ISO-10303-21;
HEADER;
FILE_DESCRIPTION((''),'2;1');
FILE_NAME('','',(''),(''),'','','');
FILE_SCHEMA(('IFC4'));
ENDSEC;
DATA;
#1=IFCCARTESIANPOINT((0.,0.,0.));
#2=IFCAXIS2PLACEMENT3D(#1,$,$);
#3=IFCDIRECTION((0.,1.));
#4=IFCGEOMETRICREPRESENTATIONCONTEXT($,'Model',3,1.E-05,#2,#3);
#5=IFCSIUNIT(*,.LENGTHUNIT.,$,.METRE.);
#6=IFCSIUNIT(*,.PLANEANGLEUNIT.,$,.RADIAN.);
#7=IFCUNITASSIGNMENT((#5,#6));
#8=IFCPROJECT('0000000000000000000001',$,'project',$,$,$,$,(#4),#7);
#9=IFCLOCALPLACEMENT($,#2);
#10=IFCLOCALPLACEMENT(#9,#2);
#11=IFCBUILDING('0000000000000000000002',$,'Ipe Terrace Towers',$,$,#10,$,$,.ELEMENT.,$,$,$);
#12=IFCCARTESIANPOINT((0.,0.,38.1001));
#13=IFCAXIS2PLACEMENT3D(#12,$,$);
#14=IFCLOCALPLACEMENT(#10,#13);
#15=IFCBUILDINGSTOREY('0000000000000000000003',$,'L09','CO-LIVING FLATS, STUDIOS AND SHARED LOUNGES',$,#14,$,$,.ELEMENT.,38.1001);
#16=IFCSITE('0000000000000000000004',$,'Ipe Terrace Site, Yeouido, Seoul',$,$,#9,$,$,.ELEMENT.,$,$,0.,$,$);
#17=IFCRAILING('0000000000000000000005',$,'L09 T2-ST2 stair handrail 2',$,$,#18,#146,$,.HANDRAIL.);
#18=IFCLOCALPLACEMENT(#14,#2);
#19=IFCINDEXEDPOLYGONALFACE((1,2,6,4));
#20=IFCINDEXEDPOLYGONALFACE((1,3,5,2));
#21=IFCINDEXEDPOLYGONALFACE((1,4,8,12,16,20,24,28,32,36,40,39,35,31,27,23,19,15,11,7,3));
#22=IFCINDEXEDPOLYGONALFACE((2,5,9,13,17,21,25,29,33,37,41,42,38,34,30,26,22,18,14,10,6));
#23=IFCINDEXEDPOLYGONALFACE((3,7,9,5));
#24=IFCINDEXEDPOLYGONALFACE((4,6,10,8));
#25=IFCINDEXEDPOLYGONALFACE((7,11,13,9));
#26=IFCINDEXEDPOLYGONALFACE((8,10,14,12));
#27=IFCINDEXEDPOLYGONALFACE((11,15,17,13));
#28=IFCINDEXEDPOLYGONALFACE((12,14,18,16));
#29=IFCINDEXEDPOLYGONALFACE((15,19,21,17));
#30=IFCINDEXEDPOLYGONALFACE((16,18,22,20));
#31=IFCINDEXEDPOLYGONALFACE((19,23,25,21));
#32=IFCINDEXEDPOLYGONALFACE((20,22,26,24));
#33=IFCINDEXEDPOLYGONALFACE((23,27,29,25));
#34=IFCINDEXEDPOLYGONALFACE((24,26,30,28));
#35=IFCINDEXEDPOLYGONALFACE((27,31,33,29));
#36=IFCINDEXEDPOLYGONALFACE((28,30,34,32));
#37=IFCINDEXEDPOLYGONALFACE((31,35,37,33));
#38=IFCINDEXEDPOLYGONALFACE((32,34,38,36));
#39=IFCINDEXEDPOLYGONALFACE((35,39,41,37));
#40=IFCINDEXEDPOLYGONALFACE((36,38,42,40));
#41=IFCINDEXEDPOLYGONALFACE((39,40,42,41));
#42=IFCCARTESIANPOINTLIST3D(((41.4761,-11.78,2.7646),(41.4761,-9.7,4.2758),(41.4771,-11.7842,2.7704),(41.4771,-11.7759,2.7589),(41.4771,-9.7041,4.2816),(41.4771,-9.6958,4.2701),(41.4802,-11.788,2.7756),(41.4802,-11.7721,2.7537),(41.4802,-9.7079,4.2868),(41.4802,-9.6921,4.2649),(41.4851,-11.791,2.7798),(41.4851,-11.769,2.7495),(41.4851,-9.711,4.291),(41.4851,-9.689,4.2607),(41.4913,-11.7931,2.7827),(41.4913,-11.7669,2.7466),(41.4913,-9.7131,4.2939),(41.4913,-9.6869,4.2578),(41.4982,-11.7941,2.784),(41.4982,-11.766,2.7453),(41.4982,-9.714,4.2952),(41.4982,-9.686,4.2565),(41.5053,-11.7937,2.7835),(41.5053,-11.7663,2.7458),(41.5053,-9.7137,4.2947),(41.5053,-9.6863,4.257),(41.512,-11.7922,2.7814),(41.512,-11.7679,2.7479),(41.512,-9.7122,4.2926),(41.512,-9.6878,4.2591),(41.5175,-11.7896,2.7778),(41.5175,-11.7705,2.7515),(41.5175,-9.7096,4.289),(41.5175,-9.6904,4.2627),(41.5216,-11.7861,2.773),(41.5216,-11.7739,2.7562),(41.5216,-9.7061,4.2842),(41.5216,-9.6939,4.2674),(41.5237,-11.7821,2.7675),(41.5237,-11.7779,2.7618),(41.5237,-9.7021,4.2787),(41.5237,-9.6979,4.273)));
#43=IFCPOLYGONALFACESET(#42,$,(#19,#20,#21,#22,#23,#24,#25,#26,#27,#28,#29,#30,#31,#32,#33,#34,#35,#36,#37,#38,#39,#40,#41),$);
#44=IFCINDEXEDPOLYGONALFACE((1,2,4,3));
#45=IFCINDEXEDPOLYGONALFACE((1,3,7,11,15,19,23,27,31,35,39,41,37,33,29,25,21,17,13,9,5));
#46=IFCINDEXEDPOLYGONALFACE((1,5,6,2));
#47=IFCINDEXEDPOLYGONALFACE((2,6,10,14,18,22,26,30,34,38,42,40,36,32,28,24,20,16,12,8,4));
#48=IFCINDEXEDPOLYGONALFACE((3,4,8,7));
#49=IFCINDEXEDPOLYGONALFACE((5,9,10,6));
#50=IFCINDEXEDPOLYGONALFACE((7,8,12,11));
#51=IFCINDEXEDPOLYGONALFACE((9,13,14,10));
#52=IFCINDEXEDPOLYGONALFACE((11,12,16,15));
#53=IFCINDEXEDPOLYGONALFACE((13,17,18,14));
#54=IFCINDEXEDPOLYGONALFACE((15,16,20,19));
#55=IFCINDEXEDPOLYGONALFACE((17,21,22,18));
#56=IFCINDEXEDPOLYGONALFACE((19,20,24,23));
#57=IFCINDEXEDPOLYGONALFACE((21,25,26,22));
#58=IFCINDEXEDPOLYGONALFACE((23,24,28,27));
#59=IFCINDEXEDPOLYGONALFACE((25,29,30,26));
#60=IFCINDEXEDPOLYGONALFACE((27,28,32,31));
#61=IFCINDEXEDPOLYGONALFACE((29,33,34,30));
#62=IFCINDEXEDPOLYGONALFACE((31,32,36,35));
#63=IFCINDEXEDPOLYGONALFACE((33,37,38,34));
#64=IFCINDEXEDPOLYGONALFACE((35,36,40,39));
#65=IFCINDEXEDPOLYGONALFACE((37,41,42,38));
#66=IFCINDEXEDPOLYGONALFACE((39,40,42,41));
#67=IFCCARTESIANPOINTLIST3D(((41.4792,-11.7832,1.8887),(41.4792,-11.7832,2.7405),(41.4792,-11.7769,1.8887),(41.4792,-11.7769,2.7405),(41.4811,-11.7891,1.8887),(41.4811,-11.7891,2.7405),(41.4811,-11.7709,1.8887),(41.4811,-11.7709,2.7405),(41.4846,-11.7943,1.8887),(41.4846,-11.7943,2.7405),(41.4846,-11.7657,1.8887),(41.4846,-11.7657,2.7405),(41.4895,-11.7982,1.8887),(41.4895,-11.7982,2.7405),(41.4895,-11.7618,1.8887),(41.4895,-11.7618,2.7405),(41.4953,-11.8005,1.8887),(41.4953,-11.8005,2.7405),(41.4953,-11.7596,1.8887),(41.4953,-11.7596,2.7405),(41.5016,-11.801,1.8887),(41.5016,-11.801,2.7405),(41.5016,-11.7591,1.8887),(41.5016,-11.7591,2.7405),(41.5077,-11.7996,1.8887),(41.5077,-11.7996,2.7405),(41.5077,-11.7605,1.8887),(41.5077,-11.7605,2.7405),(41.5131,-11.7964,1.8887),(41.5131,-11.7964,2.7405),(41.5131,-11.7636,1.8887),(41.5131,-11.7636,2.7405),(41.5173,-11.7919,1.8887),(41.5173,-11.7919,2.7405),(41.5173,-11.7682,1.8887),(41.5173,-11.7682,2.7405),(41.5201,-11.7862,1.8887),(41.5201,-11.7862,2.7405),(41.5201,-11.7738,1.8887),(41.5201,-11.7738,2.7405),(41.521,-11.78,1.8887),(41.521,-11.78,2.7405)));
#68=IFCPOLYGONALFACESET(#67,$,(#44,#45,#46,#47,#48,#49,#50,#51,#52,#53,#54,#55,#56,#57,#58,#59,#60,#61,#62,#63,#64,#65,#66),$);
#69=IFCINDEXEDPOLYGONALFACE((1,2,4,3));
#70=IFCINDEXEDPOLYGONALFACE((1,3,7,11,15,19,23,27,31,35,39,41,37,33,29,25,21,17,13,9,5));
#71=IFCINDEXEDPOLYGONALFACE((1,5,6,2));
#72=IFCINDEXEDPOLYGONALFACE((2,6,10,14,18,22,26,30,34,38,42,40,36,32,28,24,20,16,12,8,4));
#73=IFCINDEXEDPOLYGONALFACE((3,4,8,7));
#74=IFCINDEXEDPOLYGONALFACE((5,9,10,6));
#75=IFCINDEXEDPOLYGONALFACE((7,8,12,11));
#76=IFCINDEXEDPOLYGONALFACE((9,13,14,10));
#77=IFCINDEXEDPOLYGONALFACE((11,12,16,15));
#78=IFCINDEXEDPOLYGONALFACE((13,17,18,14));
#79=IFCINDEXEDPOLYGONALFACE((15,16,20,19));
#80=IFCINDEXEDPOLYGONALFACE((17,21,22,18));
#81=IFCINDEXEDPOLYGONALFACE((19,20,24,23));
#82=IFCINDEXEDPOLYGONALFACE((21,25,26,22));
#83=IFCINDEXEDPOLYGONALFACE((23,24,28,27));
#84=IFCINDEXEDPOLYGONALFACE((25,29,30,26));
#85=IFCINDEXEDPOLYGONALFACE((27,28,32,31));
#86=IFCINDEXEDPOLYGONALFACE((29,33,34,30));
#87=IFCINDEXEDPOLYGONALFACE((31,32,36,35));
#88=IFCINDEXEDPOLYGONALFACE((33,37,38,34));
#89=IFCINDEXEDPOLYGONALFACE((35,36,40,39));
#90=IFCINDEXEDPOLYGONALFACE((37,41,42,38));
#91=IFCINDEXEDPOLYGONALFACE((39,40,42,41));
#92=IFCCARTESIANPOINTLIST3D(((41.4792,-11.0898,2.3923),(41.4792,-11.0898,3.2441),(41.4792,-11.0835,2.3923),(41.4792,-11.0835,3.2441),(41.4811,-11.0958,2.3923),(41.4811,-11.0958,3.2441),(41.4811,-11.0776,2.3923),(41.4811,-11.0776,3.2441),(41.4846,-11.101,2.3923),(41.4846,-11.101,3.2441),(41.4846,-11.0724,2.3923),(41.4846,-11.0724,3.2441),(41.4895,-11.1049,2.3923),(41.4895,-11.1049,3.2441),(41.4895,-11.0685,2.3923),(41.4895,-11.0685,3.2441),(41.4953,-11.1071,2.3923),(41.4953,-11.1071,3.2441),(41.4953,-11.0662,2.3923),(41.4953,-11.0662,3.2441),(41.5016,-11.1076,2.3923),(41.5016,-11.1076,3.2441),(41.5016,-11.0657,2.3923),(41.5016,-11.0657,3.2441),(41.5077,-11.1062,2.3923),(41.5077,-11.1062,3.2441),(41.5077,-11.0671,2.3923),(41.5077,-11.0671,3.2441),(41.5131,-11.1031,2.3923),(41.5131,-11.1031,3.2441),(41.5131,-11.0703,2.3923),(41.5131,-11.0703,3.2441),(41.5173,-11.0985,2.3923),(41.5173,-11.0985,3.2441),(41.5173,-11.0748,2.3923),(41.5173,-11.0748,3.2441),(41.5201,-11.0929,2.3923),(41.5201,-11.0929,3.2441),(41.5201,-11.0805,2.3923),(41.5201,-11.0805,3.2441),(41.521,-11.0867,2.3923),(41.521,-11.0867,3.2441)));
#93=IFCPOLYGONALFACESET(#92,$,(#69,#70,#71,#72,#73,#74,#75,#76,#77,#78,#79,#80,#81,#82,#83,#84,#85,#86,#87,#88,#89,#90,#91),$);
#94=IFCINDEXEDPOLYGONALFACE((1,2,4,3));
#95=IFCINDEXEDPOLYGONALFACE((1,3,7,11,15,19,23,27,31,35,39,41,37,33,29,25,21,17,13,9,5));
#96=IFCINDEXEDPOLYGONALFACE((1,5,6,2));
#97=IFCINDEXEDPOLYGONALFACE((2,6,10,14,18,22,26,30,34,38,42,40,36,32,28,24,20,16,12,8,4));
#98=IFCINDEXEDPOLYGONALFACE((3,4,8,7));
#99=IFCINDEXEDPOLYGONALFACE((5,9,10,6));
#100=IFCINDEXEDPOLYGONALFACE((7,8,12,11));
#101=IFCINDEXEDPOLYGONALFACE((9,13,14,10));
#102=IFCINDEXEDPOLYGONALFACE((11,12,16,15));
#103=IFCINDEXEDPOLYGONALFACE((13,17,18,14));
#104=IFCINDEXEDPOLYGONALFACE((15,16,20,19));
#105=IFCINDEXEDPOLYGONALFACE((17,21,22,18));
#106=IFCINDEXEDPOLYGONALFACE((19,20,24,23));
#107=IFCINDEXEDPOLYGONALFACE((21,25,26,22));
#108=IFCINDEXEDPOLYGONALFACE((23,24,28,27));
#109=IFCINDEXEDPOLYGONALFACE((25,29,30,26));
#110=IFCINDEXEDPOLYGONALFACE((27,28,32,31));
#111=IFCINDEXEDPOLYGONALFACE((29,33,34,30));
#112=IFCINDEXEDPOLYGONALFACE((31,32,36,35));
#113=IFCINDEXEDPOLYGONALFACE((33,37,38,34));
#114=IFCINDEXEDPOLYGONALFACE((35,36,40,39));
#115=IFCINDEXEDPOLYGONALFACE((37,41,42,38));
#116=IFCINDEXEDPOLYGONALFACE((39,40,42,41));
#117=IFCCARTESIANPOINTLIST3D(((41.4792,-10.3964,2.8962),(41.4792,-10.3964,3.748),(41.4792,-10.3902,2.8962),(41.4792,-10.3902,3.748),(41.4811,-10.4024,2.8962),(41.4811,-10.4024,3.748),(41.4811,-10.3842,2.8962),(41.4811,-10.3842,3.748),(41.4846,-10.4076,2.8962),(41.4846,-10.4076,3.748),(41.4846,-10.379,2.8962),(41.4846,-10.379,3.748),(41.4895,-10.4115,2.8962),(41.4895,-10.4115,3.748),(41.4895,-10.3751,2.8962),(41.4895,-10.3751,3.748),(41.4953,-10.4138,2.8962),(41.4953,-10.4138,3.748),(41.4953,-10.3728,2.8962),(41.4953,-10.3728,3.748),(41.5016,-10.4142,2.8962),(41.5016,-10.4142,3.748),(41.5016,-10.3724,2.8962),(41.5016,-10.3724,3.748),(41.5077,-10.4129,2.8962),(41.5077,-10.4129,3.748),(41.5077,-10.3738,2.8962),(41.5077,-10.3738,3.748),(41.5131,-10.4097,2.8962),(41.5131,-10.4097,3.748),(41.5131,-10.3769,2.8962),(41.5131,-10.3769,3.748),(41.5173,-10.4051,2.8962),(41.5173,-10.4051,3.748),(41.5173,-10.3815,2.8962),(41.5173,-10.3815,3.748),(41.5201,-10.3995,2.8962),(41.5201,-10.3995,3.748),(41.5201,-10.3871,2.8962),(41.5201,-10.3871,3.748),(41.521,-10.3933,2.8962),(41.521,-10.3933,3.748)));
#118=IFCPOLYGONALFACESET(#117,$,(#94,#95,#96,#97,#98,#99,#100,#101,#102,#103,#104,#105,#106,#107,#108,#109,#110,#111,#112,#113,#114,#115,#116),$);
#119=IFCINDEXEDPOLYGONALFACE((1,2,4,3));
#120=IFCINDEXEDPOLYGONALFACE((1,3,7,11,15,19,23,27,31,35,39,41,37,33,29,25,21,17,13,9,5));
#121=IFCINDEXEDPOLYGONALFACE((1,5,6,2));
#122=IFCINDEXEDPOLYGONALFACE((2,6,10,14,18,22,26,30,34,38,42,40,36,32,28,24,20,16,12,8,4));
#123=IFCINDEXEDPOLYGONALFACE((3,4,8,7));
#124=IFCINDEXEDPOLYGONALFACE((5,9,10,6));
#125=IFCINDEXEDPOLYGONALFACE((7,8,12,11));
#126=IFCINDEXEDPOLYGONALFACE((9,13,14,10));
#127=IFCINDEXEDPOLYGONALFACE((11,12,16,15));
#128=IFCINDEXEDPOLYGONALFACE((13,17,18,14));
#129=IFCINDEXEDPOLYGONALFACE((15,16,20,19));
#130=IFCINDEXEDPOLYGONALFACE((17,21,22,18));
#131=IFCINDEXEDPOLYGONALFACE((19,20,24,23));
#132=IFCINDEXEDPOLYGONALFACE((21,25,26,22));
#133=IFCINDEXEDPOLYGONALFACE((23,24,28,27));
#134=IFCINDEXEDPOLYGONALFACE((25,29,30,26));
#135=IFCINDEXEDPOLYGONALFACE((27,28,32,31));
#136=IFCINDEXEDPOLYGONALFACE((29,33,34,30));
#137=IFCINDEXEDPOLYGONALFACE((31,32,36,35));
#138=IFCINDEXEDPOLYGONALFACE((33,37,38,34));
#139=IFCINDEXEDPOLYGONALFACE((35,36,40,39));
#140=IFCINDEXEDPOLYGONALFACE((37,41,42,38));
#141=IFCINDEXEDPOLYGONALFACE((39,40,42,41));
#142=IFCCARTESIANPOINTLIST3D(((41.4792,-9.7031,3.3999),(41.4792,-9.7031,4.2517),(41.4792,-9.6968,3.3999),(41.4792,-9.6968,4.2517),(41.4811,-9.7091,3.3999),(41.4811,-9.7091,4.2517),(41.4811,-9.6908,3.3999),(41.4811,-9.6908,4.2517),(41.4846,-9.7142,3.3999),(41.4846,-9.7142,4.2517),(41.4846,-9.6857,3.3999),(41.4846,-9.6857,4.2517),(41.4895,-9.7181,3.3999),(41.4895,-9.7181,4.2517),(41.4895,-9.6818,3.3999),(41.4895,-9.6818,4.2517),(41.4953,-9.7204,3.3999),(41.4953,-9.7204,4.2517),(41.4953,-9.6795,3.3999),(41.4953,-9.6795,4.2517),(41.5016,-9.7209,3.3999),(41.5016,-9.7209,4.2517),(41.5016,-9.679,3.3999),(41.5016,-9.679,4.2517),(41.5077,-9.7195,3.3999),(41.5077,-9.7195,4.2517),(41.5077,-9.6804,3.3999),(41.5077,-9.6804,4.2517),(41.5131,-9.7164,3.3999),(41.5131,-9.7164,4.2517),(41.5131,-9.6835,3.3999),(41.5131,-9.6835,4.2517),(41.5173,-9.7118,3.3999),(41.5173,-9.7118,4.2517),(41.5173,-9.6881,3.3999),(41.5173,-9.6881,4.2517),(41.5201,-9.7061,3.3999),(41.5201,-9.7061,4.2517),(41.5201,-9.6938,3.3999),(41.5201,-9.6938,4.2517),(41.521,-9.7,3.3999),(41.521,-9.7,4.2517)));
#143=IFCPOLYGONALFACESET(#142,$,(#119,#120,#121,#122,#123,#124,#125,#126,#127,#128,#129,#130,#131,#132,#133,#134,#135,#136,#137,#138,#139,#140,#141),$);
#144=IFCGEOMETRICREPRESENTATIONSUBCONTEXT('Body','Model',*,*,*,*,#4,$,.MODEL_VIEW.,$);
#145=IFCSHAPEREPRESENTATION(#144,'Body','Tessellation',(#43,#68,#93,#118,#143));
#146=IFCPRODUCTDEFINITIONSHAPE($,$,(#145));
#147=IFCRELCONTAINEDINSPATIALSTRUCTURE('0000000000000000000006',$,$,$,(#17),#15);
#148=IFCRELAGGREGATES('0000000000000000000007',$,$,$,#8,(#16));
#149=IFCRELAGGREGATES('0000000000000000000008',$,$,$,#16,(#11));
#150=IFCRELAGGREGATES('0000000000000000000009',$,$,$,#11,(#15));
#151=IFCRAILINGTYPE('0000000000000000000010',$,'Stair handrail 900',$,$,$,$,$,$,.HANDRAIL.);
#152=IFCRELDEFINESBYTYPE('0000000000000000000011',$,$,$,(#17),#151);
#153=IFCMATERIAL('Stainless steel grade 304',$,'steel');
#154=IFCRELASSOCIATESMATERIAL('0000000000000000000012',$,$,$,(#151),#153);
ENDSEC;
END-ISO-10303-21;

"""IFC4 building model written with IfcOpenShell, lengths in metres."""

from ifc_helpers import new_model, si_unit, direction, frame, origin, origin_2d, place, context, subcontext, project, spatial, circle, extrude, material, type_object, element, save


model = new_model("IFC4")

# Units and contexts
model_context = context("Model", 3, precision=1e-05, world=origin(), true_north=direction((0.0, 1.0)))
body_context = subcontext(model_context, "Body", "Model", "MODEL_VIEW")
ifc_project = project(units=[si_unit("LENGTHUNIT", "METRE"), si_unit("PLANEANGLEUNIT", "RADIAN")], contexts=[model_context])

# Site, building, storey
site_placement = place(None, origin())
site = spatial("IfcSite", under=ifc_project, at=site_placement, Name="Ipe Terrace Site, Yeouido, Seoul", CompositionType="ELEMENT", RefElevation=0.0)
building_placement = place(site_placement, origin())
building = spatial("IfcBuilding", under=site, at=building_placement, Name="Ipe Terrace Towers", CompositionType="ELEMENT")
storey_placement = place(building_placement, frame((0.0, 0.0, 38.1001)))
storey = spatial("IfcBuildingStorey", under=building, at=storey_placement, Name="L09", Description="CO-LIVING FLATS, STUDIOS AND SHARED LOUNGES", CompositionType="ELEMENT", Elevation=38.1001)

# Railing
ifc_material_1 = material(Name="Stainless steel grade 304", Category="steel")
railing_type_1 = type_object("IfcRailingType", Name="Stair handrail 900", PredefinedType="HANDRAIL", material=ifc_material_1)
railing_1_placement = place(storey_placement, frame((41.5, -11.78, 1.8887)))
element("IfcRailing", 1, at=railing_1_placement, inside=storey, type_object=railing_type_1, Name="L09 T2-ST2 stair handrail 2", PredefinedType="HANDRAIL", context=body_context, shape_type="SweptSolid", body=[
    extrude(circle(Radius=0.0239, at=origin_2d()), frame((0.0, 0.0, 0.876), z_axis=(0.0, 0.809023, 0.587776), x_axis=(-1.0, 0.0, 0.0)), (0.0, 0.0, 1.0), 2.571),
    extrude(circle(Radius=0.021, at=origin_2d()), origin(), (0.0, 0.0, 1.0), 0.8518),
    extrude(circle(Radius=0.021, at=origin_2d()), frame((0.0, 0.6934, 0.5037)), (0.0, 0.0, 1.0), 0.8518),
    extrude(circle(Radius=0.021, at=origin_2d()), frame((0.0, 1.3867, 1.0076)), (0.0, 0.0, 1.0), 0.8518),
    extrude(circle(Radius=0.021, at=origin_2d()), frame((0.0, 2.0801, 1.5112)), (0.0, 0.0, 1.0), 0.8518),
])

save(model, "model.ifc")
